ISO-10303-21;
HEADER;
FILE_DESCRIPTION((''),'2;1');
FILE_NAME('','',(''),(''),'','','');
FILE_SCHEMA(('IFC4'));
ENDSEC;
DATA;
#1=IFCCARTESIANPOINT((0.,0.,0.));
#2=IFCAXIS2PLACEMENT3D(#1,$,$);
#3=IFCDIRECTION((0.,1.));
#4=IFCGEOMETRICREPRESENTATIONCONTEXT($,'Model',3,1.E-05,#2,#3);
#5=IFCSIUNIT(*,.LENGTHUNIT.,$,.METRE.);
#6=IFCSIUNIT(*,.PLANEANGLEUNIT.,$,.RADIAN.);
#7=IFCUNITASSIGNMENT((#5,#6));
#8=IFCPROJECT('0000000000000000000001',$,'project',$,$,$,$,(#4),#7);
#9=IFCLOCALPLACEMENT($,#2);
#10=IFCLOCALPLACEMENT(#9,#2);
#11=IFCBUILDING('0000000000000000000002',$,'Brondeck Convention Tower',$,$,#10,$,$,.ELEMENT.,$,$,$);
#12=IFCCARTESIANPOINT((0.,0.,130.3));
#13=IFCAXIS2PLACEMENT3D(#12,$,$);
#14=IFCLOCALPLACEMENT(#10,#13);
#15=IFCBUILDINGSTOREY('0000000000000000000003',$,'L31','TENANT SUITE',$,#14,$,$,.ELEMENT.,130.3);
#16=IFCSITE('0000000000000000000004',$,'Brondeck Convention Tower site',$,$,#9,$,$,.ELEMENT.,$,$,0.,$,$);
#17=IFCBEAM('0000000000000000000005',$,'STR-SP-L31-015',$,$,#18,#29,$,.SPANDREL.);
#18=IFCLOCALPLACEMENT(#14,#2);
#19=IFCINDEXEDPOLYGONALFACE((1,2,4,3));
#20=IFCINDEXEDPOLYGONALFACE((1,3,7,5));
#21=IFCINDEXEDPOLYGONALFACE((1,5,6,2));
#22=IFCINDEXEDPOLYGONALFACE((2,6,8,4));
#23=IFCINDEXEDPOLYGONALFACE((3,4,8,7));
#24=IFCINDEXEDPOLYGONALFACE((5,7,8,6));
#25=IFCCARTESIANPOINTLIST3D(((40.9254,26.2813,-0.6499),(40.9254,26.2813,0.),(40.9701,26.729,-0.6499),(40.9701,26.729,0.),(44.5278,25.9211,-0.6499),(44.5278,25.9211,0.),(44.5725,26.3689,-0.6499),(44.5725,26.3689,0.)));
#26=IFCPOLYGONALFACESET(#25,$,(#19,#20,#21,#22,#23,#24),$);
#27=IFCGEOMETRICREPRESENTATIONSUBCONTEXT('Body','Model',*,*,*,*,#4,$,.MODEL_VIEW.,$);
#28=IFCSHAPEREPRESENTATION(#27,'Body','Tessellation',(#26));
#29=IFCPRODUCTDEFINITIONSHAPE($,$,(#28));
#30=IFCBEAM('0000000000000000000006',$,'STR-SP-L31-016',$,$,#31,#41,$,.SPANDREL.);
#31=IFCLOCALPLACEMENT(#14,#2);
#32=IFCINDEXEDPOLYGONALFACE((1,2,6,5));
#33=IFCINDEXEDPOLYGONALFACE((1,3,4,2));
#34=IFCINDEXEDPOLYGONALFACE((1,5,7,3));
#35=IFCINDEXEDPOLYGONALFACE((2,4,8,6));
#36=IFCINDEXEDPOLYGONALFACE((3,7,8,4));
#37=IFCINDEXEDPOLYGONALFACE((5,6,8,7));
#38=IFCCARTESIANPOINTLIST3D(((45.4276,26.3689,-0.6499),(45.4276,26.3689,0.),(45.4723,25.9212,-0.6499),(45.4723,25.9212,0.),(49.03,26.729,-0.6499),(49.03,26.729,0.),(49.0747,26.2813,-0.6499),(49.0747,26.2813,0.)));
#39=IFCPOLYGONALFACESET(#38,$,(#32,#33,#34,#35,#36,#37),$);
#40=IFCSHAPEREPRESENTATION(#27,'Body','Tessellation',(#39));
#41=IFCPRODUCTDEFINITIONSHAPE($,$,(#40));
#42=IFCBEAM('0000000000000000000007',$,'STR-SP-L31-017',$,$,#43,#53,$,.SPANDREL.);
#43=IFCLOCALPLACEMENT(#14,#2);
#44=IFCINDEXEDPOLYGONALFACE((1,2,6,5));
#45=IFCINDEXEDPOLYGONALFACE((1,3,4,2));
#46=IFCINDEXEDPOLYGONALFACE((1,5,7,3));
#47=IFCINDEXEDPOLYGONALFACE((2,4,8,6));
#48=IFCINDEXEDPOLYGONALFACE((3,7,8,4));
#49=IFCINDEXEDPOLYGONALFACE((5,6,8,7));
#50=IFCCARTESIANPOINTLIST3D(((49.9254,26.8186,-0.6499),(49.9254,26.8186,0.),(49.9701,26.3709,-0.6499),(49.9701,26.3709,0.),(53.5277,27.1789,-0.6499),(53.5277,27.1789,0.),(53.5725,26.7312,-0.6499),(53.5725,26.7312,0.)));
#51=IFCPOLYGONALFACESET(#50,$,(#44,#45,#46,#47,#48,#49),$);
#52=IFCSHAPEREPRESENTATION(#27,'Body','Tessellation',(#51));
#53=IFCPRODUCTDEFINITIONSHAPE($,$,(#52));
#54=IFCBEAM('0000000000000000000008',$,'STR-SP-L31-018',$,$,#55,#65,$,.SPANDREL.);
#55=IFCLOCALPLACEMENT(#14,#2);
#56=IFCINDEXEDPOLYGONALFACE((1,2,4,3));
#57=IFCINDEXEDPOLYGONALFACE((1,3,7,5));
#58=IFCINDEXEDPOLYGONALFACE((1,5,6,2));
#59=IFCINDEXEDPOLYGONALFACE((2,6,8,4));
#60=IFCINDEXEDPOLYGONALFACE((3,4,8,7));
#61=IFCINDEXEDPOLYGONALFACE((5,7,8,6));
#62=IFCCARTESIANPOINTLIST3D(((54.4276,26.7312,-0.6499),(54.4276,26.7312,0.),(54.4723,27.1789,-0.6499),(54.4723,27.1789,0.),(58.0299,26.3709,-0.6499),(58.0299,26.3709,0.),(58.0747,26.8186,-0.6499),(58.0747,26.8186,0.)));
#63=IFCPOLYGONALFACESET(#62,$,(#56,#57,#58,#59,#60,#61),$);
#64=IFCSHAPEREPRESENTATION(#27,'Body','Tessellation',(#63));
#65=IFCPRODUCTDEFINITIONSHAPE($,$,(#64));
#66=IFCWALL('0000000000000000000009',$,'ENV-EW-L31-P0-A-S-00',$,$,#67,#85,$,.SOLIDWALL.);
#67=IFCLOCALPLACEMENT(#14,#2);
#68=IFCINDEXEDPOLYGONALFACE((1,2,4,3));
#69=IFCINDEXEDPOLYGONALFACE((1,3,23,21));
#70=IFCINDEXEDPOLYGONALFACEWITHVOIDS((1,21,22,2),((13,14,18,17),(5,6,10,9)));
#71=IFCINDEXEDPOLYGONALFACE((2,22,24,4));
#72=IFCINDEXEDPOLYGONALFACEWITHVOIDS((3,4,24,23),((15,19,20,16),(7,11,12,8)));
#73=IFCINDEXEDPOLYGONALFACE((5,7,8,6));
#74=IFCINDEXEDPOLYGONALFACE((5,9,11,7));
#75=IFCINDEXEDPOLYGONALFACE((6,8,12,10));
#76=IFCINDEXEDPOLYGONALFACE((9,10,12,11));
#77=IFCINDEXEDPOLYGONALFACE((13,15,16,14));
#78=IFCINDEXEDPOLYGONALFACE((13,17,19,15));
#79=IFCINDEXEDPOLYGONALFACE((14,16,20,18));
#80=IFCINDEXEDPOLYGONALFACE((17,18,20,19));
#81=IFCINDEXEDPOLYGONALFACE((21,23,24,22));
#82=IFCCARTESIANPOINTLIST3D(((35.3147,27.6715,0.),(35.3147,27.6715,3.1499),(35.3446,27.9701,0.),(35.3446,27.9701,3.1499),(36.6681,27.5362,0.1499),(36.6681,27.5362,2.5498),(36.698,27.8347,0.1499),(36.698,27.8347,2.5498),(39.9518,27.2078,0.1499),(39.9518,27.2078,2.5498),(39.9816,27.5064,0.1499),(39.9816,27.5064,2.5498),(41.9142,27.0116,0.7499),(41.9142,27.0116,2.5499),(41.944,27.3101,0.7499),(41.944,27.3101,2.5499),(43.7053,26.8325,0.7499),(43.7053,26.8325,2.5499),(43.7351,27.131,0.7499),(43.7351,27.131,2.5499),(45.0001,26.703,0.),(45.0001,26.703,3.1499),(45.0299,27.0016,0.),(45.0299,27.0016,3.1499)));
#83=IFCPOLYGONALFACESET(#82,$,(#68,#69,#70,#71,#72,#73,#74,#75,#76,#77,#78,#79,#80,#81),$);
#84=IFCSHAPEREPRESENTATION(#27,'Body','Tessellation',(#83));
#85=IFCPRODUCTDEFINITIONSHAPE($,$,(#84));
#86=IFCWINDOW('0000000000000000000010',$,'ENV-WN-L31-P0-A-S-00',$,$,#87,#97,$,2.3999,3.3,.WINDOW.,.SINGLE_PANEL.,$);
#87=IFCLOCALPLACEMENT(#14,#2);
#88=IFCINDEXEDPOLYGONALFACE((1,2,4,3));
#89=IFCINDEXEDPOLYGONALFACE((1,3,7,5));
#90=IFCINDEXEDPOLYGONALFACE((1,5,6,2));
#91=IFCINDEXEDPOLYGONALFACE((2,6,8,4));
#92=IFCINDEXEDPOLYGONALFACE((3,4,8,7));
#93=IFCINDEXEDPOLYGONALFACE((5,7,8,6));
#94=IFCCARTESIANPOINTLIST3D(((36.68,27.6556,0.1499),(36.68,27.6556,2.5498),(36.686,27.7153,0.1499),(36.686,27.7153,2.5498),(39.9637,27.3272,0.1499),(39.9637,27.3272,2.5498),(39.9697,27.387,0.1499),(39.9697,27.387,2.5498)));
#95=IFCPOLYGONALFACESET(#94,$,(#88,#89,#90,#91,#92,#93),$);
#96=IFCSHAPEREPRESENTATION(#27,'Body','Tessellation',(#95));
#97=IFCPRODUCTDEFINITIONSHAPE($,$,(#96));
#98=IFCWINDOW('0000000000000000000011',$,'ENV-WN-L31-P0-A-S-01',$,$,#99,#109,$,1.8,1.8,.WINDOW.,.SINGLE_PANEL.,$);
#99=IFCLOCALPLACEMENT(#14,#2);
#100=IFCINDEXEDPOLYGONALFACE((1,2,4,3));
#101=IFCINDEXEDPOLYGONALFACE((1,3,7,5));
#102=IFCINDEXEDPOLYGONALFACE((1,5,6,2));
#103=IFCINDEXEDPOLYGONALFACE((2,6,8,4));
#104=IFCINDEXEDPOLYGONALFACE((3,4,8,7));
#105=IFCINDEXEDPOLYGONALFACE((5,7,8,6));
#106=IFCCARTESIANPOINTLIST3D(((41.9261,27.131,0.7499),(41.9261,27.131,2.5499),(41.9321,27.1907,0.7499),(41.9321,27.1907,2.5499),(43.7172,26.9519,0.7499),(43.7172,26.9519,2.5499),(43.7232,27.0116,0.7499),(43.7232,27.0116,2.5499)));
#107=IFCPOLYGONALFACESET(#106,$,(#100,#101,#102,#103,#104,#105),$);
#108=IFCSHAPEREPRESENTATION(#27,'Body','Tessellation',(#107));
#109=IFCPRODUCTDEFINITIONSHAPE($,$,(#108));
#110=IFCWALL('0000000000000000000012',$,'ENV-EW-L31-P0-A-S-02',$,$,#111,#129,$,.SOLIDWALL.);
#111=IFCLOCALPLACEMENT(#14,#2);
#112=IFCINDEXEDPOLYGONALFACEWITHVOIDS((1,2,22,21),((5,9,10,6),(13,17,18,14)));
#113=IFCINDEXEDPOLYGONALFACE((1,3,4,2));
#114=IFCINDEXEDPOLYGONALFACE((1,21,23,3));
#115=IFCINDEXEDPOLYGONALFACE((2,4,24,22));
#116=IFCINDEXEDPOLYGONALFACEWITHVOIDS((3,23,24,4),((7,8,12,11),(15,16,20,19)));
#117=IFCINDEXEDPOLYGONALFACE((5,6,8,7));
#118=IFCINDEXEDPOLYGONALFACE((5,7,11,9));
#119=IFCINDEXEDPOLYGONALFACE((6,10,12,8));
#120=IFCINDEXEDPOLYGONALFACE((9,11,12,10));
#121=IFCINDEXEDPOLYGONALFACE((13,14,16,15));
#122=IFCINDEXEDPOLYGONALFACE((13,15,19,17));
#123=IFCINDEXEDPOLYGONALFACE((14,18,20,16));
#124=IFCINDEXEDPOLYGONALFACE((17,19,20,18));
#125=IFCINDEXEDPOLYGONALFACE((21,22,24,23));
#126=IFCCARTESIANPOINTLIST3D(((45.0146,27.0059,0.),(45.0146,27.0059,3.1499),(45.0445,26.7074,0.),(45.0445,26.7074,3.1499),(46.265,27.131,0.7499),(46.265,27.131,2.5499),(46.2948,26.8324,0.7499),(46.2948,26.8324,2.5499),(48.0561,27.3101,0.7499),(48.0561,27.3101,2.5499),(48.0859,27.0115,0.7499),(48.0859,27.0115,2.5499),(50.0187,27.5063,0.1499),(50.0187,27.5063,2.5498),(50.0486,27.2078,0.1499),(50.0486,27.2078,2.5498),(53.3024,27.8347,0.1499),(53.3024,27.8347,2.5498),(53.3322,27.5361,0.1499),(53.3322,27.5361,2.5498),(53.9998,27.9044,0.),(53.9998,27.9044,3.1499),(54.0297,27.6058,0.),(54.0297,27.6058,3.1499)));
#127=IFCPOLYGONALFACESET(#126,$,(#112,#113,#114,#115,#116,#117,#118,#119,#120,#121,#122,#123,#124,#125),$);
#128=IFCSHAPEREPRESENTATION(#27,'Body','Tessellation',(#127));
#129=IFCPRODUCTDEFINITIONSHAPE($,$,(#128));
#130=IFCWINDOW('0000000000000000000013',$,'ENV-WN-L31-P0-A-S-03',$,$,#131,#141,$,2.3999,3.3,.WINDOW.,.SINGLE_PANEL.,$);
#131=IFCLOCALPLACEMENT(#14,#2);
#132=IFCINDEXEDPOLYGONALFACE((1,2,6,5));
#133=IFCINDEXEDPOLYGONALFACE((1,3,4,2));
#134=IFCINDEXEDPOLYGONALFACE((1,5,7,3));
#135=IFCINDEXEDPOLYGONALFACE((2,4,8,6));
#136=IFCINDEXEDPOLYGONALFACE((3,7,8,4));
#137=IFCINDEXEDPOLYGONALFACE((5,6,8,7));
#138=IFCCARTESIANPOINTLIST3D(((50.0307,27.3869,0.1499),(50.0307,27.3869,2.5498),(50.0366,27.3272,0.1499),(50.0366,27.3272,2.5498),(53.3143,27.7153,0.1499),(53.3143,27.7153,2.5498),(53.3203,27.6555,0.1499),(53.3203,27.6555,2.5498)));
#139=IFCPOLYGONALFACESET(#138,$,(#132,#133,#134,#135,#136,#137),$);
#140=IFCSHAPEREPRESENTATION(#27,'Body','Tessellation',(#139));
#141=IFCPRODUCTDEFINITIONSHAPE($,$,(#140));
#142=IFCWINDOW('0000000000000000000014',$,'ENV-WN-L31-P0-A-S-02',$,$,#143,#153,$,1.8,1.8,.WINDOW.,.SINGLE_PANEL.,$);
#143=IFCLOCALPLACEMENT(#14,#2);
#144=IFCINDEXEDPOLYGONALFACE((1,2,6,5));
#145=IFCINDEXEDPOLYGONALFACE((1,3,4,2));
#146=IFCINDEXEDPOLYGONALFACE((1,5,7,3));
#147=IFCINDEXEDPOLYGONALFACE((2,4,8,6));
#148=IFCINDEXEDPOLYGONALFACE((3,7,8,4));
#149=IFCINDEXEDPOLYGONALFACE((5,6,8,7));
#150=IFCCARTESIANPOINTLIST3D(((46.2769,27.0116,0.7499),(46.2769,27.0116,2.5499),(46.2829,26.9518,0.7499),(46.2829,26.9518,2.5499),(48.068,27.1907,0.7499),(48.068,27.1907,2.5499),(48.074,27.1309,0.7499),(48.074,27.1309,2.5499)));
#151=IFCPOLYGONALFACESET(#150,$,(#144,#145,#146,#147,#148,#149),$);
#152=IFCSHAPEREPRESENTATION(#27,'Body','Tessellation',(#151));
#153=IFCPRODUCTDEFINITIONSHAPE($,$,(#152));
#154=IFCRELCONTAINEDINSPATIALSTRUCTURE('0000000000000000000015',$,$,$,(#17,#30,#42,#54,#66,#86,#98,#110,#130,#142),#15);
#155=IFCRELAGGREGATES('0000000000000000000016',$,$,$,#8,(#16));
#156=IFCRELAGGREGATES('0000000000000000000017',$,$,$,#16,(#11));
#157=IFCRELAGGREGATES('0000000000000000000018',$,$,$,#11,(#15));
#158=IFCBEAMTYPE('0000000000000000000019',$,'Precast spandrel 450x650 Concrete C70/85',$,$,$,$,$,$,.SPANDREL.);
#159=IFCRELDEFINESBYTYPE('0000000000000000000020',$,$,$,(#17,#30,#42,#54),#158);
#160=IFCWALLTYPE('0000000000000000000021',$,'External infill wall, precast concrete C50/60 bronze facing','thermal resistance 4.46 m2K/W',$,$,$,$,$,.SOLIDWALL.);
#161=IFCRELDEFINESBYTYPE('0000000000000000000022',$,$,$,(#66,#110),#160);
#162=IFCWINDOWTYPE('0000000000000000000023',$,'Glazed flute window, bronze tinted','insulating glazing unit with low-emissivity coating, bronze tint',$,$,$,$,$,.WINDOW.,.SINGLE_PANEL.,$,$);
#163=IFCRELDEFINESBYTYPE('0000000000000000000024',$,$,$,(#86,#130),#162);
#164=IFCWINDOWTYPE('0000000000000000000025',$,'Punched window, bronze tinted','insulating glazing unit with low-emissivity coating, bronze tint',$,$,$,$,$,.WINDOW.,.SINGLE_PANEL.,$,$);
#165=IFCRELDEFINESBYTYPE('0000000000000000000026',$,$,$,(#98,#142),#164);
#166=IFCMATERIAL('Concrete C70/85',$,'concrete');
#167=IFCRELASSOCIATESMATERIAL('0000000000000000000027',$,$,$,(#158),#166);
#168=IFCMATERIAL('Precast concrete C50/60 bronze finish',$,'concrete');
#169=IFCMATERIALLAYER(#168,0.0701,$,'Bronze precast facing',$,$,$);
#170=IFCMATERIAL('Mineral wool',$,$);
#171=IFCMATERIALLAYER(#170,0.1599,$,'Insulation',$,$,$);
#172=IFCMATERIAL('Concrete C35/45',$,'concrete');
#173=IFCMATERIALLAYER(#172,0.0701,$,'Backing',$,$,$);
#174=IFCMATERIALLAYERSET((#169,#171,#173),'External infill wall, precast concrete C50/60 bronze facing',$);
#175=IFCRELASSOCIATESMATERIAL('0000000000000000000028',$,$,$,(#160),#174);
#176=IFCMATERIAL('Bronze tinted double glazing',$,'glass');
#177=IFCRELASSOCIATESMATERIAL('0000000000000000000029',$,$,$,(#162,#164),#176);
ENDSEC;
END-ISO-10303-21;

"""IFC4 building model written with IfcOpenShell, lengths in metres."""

from ifc_helpers import new_model, si_unit, direction, frame, frame_2d, origin, origin_2d, place, context, subcontext, project, spatial, rectangle, extrude, material, layer, layer_set, material_profile, profile_set, type_object, element, fill, save


model = new_model("IFC4")

# Units and contexts
model_context = context("Model", 3, precision=1e-05, world=origin(), true_north=direction((0.0, 1.0)))
body_context = subcontext(model_context, "Body", "Model", "MODEL_VIEW")
ifc_project = project(units=[si_unit("LENGTHUNIT", "METRE"), si_unit("PLANEANGLEUNIT", "RADIAN")], contexts=[model_context])

# Site, building, storey
site_placement = place(None, origin())
site = spatial("IfcSite", under=ifc_project, at=site_placement, Name="Brondeck Convention Tower site", CompositionType="ELEMENT", RefElevation=0.0)
building_placement = place(site_placement, origin())
building = spatial("IfcBuilding", under=site, at=building_placement, Name="Brondeck Convention Tower", CompositionType="ELEMENT")
storey_placement = place(building_placement, frame((0.0, 0.0, 130.3)))
storey = spatial("IfcBuildingStorey", under=building, at=storey_placement, Name="L31", Description="TENANT SUITE", CompositionType="ELEMENT", Elevation=130.3)

# Shared definitions
ifc_material_1 = material(Name="Concrete C70/85", Category="concrete")

# Beams
ifc_material_profile_1 = material_profile(ifc_material_1, rectangle(XDim=0.45, YDim=0.6499, at=origin_2d()), Name="Precast spandrel 450x650 Concrete C70/85")
ifc_profile_set_1 = profile_set([ifc_material_profile_1], Name="Concrete C70/85")
beam_type_1 = type_object("IfcBeamType", Name="Precast spandrel 450x650 Concrete C70/85", PredefinedType="SPANDREL", material=ifc_profile_set_1)
for number, where, z_axis, x_axis, name in (
    (1, (40.9478, 26.5051, -0.325), (0.995041, -0.09947, 0.0), (0.09947, 0.995041, 0.0), "STR-SP-L31-015"),
    (2, (45.45, 26.145, -0.325), (0.995041, 0.09947, 0.0), (-0.09947, 0.995041, 0.0), "STR-SP-L31-016"),
    (3, (49.9478, 26.5947, -0.325), (0.995034, 0.099537, 0.0), (-0.099537, 0.995034, 0.0), "STR-SP-L31-017"),
    (4, (54.45, 26.9551, -0.325), (0.995034, -0.099537, 0.0), (0.099537, 0.995034, 0.0), "STR-SP-L31-018"),
):
    element("IfcBeam", number, at=place(storey_placement, frame(where, z_axis=z_axis, x_axis=x_axis)), inside=storey, type_object=beam_type_1, Name=name, PredefinedType="SPANDREL", context=body_context, shape_type="SweptSolid", body=[
        extrude(rectangle(XDim=0.45, YDim=0.6499, at=origin_2d()), origin(), (0.0, 0.0, 1.0), 3.6204),
    ])

# Walls, openings, windows
ifc_material_2 = material(Name="Precast concrete C50/60 bronze finish", Category="concrete")
ifc_layer_1 = layer(ifc_material_2, 0.0701, Name="Bronze precast facing")
ifc_material_3 = material(Name="Mineral wool")
ifc_layer_2 = layer(ifc_material_3, 0.1599, Name="Insulation")
ifc_material_4 = material(Name="Concrete C35/45", Category="concrete")
ifc_layer_3 = layer(ifc_material_4, 0.0701, Name="Backing")
ifc_layer_set_1 = layer_set([ifc_layer_1, ifc_layer_2, ifc_layer_3], Name="External infill wall, precast concrete C50/60 bronze facing")
wall_type_1 = type_object("IfcWallType", Name="External infill wall, precast concrete C50/60 bronze facing", Description="thermal resistance 4.46 m2K/W", PredefinedType="SOLIDWALL", material=ifc_layer_set_1)
wall_1_placement = place(storey_placement, frame((45.0149, 26.8523, 0.0), z_axis=(0.0, 0.0, 1.0), x_axis=(-0.995037, 0.099501, 0.0)))
wall_1 = element("IfcWall", 5, at=wall_1_placement, inside=storey, type_object=wall_type_1, Name="ENV-EW-L31-P0-A-S-00", PredefinedType="SOLIDWALL", context=body_context, shape_type="SweptSolid", body=[
    extrude(rectangle(XDim=9.7336, YDim=0.3, at=frame_2d((4.8667, 0.0))), origin(), (0.0, 0.0, 1.0), 3.1499),
])
opening_1_placement = place(wall_1_placement, frame((1.3013, 0.0, 0.75)))
opening_1 = element("IfcOpeningElement", 6, at=opening_1_placement, cuts=wall_1, PredefinedType="OPENING", context=body_context, shape_type="SweptSolid", body=[
    extrude(rectangle(XDim=1.8, YDim=1.8, at=frame_2d((0.8999, 0.8999))), frame((0.0, 0.1599, 0.0), z_axis=(0.0, -1.0, 0.0), x_axis=(1.0, 0.0, 0.0)), (0.0, 0.0, 1.0), 0.3201),
])
opening_2_placement = place(wall_1_placement, frame((5.0735, 0.0, 0.1499)))
opening_2 = element("IfcOpeningElement", 7, at=opening_2_placement, cuts=wall_1, PredefinedType="OPENING", context=body_context, shape_type="SweptSolid", body=[
    extrude(rectangle(XDim=3.3, YDim=2.3999, at=frame_2d((1.6499, 1.2))), frame((0.0, 0.1599, 0.0), z_axis=(0.0, -1.0, 0.0), x_axis=(1.0, 0.0, 0.0)), (0.0, 0.0, 1.0), 0.3201),
])
ifc_material_5 = material(Name="Bronze tinted double glazing", Category="glass")
window_type_1 = type_object("IfcWindowType", Name="Glazed flute window, bronze tinted", Description="insulating glazing unit with low-emissivity coating, bronze tint", PartitioningType="SINGLE_PANEL", PredefinedType="WINDOW", material=ifc_material_5)
window_1_placement = place(opening_2_placement, origin())
window_1 = element("IfcWindow", 8, at=window_1_placement, inside=storey, type_object=window_type_1, Name="ENV-WN-L31-P0-A-S-00", OverallHeight=2.3999, OverallWidth=3.3, PartitioningType="SINGLE_PANEL", PredefinedType="WINDOW", context=body_context, shape_type="SweptSolid", body=[
    extrude(rectangle(XDim=3.3, YDim=2.3999, at=frame_2d((1.6499, 1.2))), frame((0.0, 0.03, 0.0), z_axis=(0.0, -1.0, 0.0), x_axis=(1.0, 0.0, 0.0)), (0.0, 0.0, 1.0), 0.0601),
])
fill(opening_2, window_1)
window_type_2 = type_object("IfcWindowType", Name="Punched window, bronze tinted", Description="insulating glazing unit with low-emissivity coating, bronze tint", PartitioningType="SINGLE_PANEL", PredefinedType="WINDOW", material=ifc_material_5)
window_2_placement = place(opening_1_placement, origin())
window_2 = element("IfcWindow", 9, at=window_2_placement, inside=storey, type_object=window_type_2, Name="ENV-WN-L31-P0-A-S-01", OverallHeight=1.8, OverallWidth=1.8, PartitioningType="SINGLE_PANEL", PredefinedType="WINDOW", context=body_context, shape_type="SweptSolid", body=[
    extrude(rectangle(XDim=1.8, YDim=1.8, at=frame_2d((0.8999, 0.8999))), frame((0.0, 0.03, 0.0), z_axis=(0.0, -1.0, 0.0), x_axis=(1.0, 0.0, 0.0)), (0.0, 0.0, 1.0), 0.0601),
])
fill(opening_1, window_2)
wall_2_placement = place(storey_placement, frame((54.0149, 27.7551, 0.0), z_axis=(0.0, 0.0, 1.0), x_axis=(-0.995038, -0.099496, 0.0)))
wall_2 = element("IfcWall", 10, at=wall_2_placement, inside=storey, type_object=wall_type_1, Name="ENV-EW-L31-P0-A-S-02", PredefinedType="SOLIDWALL", context=body_context, shape_type="SweptSolid", body=[
    extrude(rectangle(XDim=9.03, YDim=0.3, at=frame_2d((4.5151, 0.0))), origin(), (0.0, 0.0, 1.0), 3.1499),
])
opening_3_placement = place(wall_2_placement, frame((0.7012, 0.0, 0.1499)))
opening_3 = element("IfcOpeningElement", 11, at=opening_3_placement, cuts=wall_2, PredefinedType="OPENING", context=body_context, shape_type="SweptSolid", body=[
    extrude(rectangle(XDim=3.3, YDim=2.3999, at=frame_2d((1.6499, 1.2))), frame((0.0, 0.1599, 0.0), z_axis=(0.0, -1.0, 0.0), x_axis=(1.0, 0.0, 0.0)), (0.0, 0.0, 1.0), 0.3201),
])
opening_4_placement = place(wall_2_placement, frame((5.9736, 0.0, 0.75)))
opening_4 = element("IfcOpeningElement", 12, at=opening_4_placement, cuts=wall_2, PredefinedType="OPENING", context=body_context, shape_type="SweptSolid", body=[
    extrude(rectangle(XDim=1.8, YDim=1.8, at=frame_2d((0.8999, 0.8999))), frame((0.0, 0.1599, 0.0), z_axis=(0.0, -1.0, 0.0), x_axis=(1.0, 0.0, 0.0)), (0.0, 0.0, 1.0), 0.3201),
])
window_3_placement = place(opening_3_placement, origin())
window_3 = element("IfcWindow", 13, at=window_3_placement, inside=storey, type_object=window_type_1, Name="ENV-WN-L31-P0-A-S-03", OverallHeight=2.3999, OverallWidth=3.3, PartitioningType="SINGLE_PANEL", PredefinedType="WINDOW", context=body_context, shape_type="SweptSolid", body=[
    extrude(rectangle(XDim=3.3, YDim=2.3999, at=frame_2d((1.6499, 1.2))), frame((0.0, 0.03, 0.0), z_axis=(0.0, -1.0, 0.0), x_axis=(1.0, 0.0, 0.0)), (0.0, 0.0, 1.0), 0.0601),
])
fill(opening_3, window_3)
window_4_placement = place(opening_4_placement, origin())
window_4 = element("IfcWindow", 14, at=window_4_placement, inside=storey, type_object=window_type_2, Name="ENV-WN-L31-P0-A-S-02", OverallHeight=1.8, OverallWidth=1.8, PartitioningType="SINGLE_PANEL", PredefinedType="WINDOW", context=body_context, shape_type="SweptSolid", body=[
    extrude(rectangle(XDim=1.8, YDim=1.8, at=frame_2d((0.8999, 0.8999))), frame((0.0, 0.03, 0.0), z_axis=(0.0, -1.0, 0.0), x_axis=(1.0, 0.0, 0.0)), (0.0, 0.0, 1.0), 0.0601),
])
fill(opening_4, window_4)

save(model, "model.ifc")
